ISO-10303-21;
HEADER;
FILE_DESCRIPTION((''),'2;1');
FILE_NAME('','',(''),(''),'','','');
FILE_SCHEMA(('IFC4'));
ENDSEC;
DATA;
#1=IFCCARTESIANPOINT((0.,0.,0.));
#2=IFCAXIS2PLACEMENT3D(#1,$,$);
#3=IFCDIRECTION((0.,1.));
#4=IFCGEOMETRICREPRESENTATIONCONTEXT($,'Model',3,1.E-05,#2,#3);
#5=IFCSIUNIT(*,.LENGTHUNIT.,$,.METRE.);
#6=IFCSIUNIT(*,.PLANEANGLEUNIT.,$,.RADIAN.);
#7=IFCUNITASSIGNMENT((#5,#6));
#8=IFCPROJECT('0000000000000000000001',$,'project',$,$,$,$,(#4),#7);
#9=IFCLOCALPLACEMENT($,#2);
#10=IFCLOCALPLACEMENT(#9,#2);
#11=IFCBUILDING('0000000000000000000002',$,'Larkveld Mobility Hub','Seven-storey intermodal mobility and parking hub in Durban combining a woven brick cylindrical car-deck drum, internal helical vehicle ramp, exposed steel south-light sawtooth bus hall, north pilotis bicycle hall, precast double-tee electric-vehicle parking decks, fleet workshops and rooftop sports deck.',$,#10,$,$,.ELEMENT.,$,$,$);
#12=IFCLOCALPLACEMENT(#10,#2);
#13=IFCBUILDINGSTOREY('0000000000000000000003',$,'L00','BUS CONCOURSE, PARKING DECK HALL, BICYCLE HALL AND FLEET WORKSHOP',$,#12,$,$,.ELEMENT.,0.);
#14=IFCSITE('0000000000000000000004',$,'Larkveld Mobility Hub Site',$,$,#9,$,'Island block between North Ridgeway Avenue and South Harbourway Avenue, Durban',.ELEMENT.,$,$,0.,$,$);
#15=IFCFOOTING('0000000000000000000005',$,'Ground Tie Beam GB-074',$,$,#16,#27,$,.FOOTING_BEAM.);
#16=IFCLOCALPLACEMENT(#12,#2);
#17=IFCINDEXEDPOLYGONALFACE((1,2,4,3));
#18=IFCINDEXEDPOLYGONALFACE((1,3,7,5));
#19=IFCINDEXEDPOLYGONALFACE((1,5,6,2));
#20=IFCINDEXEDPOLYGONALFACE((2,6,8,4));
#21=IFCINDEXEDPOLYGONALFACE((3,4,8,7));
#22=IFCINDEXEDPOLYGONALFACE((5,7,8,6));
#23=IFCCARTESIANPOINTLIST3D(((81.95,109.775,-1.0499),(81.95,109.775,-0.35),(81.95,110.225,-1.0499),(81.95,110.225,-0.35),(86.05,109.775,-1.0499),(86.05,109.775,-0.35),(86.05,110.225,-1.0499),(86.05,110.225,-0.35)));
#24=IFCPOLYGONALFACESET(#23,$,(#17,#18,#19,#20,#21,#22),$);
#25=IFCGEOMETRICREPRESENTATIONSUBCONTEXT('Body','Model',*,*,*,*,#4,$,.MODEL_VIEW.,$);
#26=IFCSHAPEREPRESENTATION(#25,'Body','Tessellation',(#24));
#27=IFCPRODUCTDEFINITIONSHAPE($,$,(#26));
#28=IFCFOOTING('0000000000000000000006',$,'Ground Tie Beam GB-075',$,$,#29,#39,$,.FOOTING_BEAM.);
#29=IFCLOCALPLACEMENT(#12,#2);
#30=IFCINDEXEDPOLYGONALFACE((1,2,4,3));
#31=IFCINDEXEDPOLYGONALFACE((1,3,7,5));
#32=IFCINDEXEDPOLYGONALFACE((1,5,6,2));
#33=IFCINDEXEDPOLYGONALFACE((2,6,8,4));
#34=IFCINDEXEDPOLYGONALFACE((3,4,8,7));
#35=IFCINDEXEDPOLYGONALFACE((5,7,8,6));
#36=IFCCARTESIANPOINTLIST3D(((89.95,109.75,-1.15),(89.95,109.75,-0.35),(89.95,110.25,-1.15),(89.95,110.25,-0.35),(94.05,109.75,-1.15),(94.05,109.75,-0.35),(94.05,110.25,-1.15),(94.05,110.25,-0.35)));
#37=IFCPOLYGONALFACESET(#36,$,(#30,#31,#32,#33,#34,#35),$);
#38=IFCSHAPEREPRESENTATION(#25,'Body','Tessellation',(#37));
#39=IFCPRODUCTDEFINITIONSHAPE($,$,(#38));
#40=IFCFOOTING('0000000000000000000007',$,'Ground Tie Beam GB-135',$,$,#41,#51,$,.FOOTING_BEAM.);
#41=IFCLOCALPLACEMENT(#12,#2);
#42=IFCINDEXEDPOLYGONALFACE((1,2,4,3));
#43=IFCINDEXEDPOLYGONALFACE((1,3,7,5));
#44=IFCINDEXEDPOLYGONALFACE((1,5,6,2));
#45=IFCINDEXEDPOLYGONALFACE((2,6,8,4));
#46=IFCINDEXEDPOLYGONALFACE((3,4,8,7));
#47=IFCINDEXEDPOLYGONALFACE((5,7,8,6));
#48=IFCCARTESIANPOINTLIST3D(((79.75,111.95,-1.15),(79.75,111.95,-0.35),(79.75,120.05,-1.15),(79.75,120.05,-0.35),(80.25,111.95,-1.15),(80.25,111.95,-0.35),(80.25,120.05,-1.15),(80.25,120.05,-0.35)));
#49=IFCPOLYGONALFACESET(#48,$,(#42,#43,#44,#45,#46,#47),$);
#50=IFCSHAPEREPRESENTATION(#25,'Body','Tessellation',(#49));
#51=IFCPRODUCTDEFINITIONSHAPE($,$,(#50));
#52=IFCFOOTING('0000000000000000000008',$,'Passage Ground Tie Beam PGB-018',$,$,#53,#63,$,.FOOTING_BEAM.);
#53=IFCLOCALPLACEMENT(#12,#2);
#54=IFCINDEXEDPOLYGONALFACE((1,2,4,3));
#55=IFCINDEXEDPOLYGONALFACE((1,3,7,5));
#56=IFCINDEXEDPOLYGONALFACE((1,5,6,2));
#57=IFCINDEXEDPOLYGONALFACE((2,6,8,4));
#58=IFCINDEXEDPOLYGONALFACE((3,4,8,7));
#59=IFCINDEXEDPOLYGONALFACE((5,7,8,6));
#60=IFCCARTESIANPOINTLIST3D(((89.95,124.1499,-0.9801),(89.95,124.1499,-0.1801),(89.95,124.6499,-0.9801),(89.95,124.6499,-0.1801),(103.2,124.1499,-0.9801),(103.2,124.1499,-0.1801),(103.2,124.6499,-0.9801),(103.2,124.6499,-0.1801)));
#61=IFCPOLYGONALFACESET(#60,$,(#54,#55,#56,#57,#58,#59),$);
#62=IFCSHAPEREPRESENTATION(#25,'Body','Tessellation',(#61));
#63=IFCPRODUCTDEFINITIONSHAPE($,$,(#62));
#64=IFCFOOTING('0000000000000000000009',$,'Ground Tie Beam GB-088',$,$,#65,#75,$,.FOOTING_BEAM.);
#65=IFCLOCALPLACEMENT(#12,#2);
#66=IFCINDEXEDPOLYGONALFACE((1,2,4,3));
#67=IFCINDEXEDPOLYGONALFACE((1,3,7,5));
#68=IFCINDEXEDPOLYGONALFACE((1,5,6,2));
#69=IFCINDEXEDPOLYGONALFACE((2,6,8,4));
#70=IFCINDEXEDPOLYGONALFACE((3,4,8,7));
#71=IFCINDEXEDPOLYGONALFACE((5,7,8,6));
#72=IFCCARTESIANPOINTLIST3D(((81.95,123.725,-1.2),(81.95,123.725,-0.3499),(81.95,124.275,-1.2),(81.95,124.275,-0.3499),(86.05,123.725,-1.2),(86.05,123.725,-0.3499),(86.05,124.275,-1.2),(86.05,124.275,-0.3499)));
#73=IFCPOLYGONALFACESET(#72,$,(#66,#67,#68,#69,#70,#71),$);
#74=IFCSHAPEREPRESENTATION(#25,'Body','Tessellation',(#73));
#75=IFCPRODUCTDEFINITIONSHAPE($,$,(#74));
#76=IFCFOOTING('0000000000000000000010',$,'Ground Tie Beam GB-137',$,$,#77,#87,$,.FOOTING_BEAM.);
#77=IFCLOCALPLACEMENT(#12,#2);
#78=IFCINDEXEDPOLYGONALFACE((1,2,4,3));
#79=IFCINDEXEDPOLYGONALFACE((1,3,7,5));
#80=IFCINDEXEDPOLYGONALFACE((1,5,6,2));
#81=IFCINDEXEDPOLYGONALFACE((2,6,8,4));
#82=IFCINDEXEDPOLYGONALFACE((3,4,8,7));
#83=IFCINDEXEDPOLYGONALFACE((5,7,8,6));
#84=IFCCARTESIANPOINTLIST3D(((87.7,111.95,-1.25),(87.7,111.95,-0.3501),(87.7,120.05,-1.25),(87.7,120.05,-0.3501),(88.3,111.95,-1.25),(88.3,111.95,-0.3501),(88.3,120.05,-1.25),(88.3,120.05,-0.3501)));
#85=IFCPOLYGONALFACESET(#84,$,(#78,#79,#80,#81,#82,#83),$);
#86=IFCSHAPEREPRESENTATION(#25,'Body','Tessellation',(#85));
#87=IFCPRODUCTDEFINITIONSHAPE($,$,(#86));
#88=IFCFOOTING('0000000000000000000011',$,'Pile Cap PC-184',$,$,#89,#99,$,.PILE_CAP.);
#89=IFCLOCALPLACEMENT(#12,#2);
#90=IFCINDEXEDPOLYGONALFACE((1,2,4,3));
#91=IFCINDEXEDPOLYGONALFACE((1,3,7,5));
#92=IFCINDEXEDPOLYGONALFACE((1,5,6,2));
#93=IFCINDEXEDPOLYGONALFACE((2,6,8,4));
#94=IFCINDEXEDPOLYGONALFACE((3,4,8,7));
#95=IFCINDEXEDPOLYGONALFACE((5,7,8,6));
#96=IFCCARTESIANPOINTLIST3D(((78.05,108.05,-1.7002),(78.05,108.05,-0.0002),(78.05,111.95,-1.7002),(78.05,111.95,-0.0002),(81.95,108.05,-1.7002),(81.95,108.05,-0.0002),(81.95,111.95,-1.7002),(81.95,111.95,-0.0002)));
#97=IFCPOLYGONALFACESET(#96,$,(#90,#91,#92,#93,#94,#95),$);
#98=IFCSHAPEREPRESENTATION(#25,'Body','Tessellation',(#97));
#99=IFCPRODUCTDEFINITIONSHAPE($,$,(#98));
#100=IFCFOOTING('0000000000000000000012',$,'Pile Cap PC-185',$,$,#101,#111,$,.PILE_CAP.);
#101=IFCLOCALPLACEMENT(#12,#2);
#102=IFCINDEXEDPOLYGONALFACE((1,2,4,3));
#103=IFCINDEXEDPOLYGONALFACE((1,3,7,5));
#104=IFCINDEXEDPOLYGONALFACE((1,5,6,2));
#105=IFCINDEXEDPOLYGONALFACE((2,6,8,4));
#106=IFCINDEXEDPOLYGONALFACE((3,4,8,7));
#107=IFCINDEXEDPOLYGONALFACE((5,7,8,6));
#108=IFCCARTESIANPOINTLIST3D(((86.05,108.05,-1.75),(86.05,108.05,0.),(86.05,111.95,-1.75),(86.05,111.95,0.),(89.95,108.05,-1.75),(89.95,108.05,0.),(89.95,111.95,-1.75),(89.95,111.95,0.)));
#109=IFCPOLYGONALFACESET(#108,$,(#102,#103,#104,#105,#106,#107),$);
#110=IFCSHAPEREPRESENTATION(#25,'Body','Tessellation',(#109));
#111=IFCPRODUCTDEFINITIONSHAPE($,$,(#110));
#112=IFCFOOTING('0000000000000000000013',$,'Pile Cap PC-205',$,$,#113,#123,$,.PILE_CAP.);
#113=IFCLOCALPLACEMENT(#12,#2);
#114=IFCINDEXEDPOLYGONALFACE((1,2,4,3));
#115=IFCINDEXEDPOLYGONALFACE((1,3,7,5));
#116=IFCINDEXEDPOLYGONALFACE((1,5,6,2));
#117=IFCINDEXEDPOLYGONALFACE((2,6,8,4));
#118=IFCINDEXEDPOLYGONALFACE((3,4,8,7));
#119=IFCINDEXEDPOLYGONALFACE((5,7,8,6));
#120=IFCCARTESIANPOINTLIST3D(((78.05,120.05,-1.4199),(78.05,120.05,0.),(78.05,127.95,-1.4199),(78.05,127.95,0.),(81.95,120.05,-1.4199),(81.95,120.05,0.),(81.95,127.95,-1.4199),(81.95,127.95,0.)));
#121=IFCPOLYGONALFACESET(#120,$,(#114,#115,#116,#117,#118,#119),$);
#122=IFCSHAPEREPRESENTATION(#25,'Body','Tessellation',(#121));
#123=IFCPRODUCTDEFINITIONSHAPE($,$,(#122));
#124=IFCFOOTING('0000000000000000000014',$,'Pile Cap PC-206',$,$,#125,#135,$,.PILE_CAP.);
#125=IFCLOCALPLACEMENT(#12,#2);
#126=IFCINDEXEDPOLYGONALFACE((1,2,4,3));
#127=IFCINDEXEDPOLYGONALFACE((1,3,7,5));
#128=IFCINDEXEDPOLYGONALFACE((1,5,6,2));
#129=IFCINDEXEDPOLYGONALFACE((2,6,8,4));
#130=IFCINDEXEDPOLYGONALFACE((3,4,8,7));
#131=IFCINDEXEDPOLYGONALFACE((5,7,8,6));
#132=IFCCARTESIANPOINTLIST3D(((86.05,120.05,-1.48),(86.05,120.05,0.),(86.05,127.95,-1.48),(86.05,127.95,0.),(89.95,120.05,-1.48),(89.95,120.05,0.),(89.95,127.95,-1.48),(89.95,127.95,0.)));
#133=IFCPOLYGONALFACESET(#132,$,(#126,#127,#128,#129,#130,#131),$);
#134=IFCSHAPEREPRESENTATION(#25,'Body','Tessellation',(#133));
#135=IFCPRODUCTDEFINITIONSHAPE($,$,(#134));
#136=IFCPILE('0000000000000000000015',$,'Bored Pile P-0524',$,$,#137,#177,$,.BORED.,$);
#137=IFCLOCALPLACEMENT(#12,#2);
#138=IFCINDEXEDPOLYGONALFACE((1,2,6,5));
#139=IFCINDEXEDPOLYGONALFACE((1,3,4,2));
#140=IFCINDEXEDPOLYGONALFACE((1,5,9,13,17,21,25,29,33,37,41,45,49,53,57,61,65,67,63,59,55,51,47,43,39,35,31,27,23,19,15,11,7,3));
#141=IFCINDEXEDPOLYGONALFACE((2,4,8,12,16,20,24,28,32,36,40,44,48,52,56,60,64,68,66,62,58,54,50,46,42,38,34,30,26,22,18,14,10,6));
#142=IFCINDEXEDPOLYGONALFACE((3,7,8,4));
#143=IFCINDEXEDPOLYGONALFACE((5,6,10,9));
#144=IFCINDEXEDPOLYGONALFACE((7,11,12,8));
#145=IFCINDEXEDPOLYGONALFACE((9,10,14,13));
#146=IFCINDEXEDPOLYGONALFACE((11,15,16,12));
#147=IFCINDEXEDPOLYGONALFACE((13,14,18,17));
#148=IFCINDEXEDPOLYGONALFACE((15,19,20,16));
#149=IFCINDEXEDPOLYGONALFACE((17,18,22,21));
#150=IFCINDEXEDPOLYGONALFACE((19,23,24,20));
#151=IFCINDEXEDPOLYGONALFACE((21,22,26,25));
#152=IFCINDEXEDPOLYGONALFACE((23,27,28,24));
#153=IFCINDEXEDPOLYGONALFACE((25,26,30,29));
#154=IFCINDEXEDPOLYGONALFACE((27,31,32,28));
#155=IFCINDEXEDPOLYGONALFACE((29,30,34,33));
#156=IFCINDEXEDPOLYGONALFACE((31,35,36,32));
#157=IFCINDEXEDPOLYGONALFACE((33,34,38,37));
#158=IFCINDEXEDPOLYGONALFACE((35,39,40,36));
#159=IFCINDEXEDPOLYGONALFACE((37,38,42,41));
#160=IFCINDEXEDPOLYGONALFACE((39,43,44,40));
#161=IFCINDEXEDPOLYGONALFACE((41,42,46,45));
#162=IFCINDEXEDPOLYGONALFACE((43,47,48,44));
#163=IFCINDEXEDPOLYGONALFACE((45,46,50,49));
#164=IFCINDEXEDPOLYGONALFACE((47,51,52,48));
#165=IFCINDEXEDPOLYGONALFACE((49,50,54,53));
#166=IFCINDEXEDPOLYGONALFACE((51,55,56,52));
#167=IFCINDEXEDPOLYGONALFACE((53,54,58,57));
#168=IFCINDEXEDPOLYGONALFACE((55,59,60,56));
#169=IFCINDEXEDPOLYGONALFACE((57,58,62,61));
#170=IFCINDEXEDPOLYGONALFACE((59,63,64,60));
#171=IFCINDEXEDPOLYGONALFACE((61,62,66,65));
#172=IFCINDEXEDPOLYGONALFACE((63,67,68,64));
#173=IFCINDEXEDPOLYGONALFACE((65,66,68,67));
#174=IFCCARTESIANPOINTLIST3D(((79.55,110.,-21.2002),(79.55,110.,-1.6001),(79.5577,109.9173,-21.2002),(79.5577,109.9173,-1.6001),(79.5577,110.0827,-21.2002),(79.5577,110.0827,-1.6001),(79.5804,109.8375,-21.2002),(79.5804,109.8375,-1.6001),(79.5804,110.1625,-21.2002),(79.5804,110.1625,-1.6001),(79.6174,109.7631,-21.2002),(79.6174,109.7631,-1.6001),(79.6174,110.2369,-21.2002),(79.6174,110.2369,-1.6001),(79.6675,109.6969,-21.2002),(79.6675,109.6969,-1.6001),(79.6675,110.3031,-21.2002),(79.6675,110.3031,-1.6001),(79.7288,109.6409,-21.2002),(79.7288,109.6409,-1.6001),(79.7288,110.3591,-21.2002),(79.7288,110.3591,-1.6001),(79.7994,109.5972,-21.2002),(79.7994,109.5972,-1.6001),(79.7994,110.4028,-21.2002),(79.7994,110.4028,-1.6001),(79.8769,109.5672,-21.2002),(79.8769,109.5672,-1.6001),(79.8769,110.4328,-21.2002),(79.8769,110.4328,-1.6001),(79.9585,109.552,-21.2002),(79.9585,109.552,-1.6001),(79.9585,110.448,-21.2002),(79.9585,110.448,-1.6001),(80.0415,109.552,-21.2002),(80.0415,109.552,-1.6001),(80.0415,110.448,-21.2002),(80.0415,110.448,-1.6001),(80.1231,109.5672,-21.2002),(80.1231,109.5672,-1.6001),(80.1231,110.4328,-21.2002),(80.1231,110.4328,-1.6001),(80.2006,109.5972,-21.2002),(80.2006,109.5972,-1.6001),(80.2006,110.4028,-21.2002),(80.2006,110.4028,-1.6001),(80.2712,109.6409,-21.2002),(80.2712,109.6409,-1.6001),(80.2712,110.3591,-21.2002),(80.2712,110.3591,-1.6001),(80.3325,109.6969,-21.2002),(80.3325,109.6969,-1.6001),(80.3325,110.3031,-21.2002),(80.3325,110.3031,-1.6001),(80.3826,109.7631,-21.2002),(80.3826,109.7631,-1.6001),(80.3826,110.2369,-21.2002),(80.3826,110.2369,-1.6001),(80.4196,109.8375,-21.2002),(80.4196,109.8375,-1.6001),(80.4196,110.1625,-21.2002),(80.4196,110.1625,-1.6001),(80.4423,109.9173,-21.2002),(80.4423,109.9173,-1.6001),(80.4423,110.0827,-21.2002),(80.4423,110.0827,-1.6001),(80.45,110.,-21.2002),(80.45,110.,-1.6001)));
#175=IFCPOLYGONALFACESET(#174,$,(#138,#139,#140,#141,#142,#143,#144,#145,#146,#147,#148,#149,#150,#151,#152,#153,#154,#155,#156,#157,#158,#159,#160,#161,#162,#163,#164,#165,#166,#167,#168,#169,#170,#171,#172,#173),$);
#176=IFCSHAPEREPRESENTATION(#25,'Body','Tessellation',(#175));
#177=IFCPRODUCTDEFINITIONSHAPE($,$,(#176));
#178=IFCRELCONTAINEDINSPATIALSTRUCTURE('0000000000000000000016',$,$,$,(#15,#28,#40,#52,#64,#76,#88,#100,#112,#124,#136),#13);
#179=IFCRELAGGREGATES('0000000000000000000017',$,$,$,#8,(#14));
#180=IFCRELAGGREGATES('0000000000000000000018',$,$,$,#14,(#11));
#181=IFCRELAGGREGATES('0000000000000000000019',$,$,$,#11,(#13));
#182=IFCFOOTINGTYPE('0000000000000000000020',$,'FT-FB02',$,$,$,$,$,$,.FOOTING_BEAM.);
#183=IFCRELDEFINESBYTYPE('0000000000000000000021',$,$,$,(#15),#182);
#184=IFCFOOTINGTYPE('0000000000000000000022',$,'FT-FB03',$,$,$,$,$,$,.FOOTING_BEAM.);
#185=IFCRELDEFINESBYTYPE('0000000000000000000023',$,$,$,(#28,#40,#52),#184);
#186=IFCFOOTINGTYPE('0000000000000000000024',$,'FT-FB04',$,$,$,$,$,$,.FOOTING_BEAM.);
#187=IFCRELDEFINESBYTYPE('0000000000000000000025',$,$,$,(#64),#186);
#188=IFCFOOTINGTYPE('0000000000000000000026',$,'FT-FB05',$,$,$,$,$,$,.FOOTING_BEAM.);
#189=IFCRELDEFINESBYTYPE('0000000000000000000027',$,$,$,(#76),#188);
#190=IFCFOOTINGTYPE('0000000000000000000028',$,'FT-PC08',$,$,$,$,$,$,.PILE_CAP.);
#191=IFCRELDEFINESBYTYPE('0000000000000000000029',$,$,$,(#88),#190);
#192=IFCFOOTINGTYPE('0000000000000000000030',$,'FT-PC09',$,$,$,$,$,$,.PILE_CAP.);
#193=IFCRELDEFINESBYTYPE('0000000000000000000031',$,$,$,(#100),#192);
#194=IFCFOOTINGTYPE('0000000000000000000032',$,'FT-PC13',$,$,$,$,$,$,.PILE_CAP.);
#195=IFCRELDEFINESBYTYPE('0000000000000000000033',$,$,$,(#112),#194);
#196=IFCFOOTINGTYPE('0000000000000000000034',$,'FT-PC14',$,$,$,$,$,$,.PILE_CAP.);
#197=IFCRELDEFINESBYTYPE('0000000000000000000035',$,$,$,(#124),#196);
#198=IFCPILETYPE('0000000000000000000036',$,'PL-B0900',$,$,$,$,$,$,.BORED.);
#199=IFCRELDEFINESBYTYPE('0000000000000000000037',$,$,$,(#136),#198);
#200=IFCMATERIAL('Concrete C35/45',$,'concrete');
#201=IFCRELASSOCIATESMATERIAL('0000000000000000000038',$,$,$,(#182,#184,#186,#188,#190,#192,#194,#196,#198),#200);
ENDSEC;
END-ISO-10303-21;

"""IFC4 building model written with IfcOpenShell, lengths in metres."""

from ifc_helpers import new_model, si_unit, direction, frame, origin, origin_2d, place, context, subcontext, project, spatial, rectangle, circle, extrude, material, material_profile, profile_set, type_object, element, save


model = new_model("IFC4")

# Units and contexts
model_context = context("Model", 3, precision=1e-05, world=origin(), true_north=direction((0.0, 1.0)))
body_context = subcontext(model_context, "Body", "Model", "MODEL_VIEW")
ifc_project = project(units=[si_unit("LENGTHUNIT", "METRE"), si_unit("PLANEANGLEUNIT", "RADIAN")], contexts=[model_context])

# Site, building, storey
site_placement = place(None, origin())
site = spatial("IfcSite", under=ifc_project, at=site_placement, Name="Larkveld Mobility Hub Site", LongName="Island block between North Ridgeway Avenue and South Harbourway Avenue, Durban", CompositionType="ELEMENT", RefElevation=0.0)
building_placement = place(site_placement, origin())
building = spatial("IfcBuilding", under=site, at=building_placement, Name="Larkveld Mobility Hub", Description="Seven-storey intermodal mobility and parking hub in Durban combining a woven brick cylindrical car-deck drum, internal helical vehicle ramp, exposed steel south-light sawtooth bus hall, north pilotis bicycle hall, precast double-tee electric-vehicle parking decks, fleet workshops and rooftop sports deck.", CompositionType="ELEMENT")
storey_placement = place(building_placement, origin())
storey = spatial("IfcBuildingStorey", under=building, at=storey_placement, Name="L00", Description="BUS CONCOURSE, PARKING DECK HALL, BICYCLE HALL AND FLEET WORKSHOP", CompositionType="ELEMENT", Elevation=0.0)

# Footings
ifc_material_1 = material(Name="Concrete C35/45", Category="concrete")
ifc_material_profile_1 = material_profile(ifc_material_1, rectangle(XDim=0.45, YDim=0.7, at=origin_2d()), Name="RC BM 450x700")
ifc_profile_set_1 = profile_set([ifc_material_profile_1], Name="Concrete C35/45")
footing_type_1 = type_object("IfcFootingType", Name="FT-FB02", PredefinedType="FOOTING_BEAM", material=ifc_profile_set_1)
footing_1_placement = place(storey_placement, frame((81.95, 110.0, -0.7), z_axis=(1.0, 0.0, 0.0), x_axis=(0.0, 1.0, 0.0)))
element("IfcFooting", 1, at=footing_1_placement, inside=storey, type_object=footing_type_1, Name="Ground Tie Beam GB-074", PredefinedType="FOOTING_BEAM", context=body_context, shape_type="SweptSolid", body=[
    extrude(rectangle(XDim=0.45, YDim=0.7, at=origin_2d()), origin(), (0.0, 0.0, 1.0), 4.1001),
])
ifc_material_profile_2 = material_profile(ifc_material_1, rectangle(XDim=0.5, YDim=0.8, at=origin_2d()), Name="RC BM 500x800")
ifc_profile_set_2 = profile_set([ifc_material_profile_2], Name="Concrete C35/45")
footing_type_2 = type_object("IfcFootingType", Name="FT-FB03", PredefinedType="FOOTING_BEAM", material=ifc_profile_set_2)
footing_2_placement = place(storey_placement, frame((89.95, 110.0, -0.75), z_axis=(1.0, 0.0, 0.0), x_axis=(0.0, 1.0, 0.0)))
element("IfcFooting", 2, at=footing_2_placement, inside=storey, type_object=footing_type_2, Name="Ground Tie Beam GB-075", PredefinedType="FOOTING_BEAM", context=body_context, shape_type="SweptSolid", body=[
    extrude(rectangle(XDim=0.5, YDim=0.8, at=origin_2d()), origin(), (0.0, 0.0, 1.0), 4.1001),
])
footing_3_placement = place(storey_placement, frame((80.0, 111.95, -0.75), z_axis=(0.0, 1.0, 0.0), x_axis=(-1.0, 0.0, 0.0)))
element("IfcFooting", 3, at=footing_3_placement, inside=storey, type_object=footing_type_2, Name="Ground Tie Beam GB-135", PredefinedType="FOOTING_BEAM", context=body_context, shape_type="SweptSolid", body=[
    extrude(rectangle(XDim=0.5, YDim=0.8, at=origin_2d()), origin(), (0.0, 0.0, 1.0), 8.1001),
])
footing_4_placement = place(storey_placement, frame((89.95, 124.3999, -0.5801), z_axis=(1.0, 0.0, 0.0), x_axis=(0.0, 1.0, 0.0)))
element("IfcFooting", 4, at=footing_4_placement, inside=storey, type_object=footing_type_2, Name="Passage Ground Tie Beam PGB-018", PredefinedType="FOOTING_BEAM", context=body_context, shape_type="SweptSolid", body=[
    extrude(rectangle(XDim=0.5, YDim=0.8, at=origin_2d()), origin(), (0.0, 0.0, 1.0), 13.25),
])
ifc_material_profile_3 = material_profile(ifc_material_1, rectangle(XDim=0.55, YDim=0.8501, at=origin_2d()), Name="RC BM 550x850")
ifc_profile_set_3 = profile_set([ifc_material_profile_3], Name="Concrete C35/45")
footing_type_3 = type_object("IfcFootingType", Name="FT-FB04", PredefinedType="FOOTING_BEAM", material=ifc_profile_set_3)
footing_5_placement = place(storey_placement, frame((81.95, 124.0, -0.7749), z_axis=(1.0, 0.0, 0.0), x_axis=(0.0, 1.0, 0.0)))
element("IfcFooting", 5, at=footing_5_placement, inside=storey, type_object=footing_type_3, Name="Ground Tie Beam GB-088", PredefinedType="FOOTING_BEAM", context=body_context, shape_type="SweptSolid", body=[
    extrude(rectangle(XDim=0.55, YDim=0.8501, at=origin_2d()), origin(), (0.0, 0.0, 1.0), 4.1001),
])
ifc_material_profile_4 = material_profile(ifc_material_1, rectangle(XDim=0.6001, YDim=0.8999, at=origin_2d()), Name="RC BM 600x900")
ifc_profile_set_4 = profile_set([ifc_material_profile_4], Name="Concrete C35/45")
footing_type_4 = type_object("IfcFootingType", Name="FT-FB05", PredefinedType="FOOTING_BEAM", material=ifc_profile_set_4)
footing_6_placement = place(storey_placement, frame((88.0, 111.95, -0.8), z_axis=(0.0, 1.0, 0.0), x_axis=(-1.0, 0.0, 0.0)))
element("IfcFooting", 6, at=footing_6_placement, inside=storey, type_object=footing_type_4, Name="Ground Tie Beam GB-137", PredefinedType="FOOTING_BEAM", context=body_context, shape_type="SweptSolid", body=[
    extrude(rectangle(XDim=0.6001, YDim=0.8999, at=origin_2d()), origin(), (0.0, 0.0, 1.0), 8.1001),
])
footing_type_5 = type_object("IfcFootingType", Name="FT-PC08", PredefinedType="PILE_CAP", material=ifc_material_1)
footing_7_placement = place(storey_placement, frame((80.0, 110.0, -1.7002), z_axis=(0.0, 0.0, 1.0), x_axis=(1.0, 0.0, 0.0)))
element("IfcFooting", 7, at=footing_7_placement, inside=storey, type_object=footing_type_5, Name="Pile Cap PC-184", PredefinedType="PILE_CAP", context=body_context, shape_type="SweptSolid", body=[
    extrude(rectangle(XDim=3.8999, YDim=3.8999, at=origin_2d()), origin(), (0.0, 0.0, 1.0), 1.7),
])
footing_type_6 = type_object("IfcFootingType", Name="FT-PC09", PredefinedType="PILE_CAP", material=ifc_material_1)
footing_8_placement = place(storey_placement, frame((88.0, 110.0, -1.75), z_axis=(0.0, 0.0, 1.0), x_axis=(1.0, 0.0, 0.0)))
element("IfcFooting", 8, at=footing_8_placement, inside=storey, type_object=footing_type_6, Name="Pile Cap PC-185", PredefinedType="PILE_CAP", context=body_context, shape_type="SweptSolid", body=[
    extrude(rectangle(XDim=3.8999, YDim=3.8999, at=origin_2d()), origin(), (0.0, 0.0, 1.0), 1.75),
])
footing_type_7 = type_object("IfcFootingType", Name="FT-PC13", PredefinedType="PILE_CAP", material=ifc_material_1)
footing_9_placement = place(storey_placement, frame((80.0, 124.0, -1.4199), z_axis=(0.0, 0.0, 1.0), x_axis=(1.0, 0.0, 0.0)))
element("IfcFooting", 9, at=footing_9_placement, inside=storey, type_object=footing_type_7, Name="Pile Cap PC-205", PredefinedType="PILE_CAP", context=body_context, shape_type="SweptSolid", body=[
    extrude(rectangle(XDim=3.8999, YDim=7.8999, at=origin_2d()), origin(), (0.0, 0.0, 1.0), 1.4199),
])
footing_type_8 = type_object("IfcFootingType", Name="FT-PC14", PredefinedType="PILE_CAP", material=ifc_material_1)
footing_10_placement = place(storey_placement, frame((88.0, 124.0, -1.48), z_axis=(0.0, 0.0, 1.0), x_axis=(1.0, 0.0, 0.0)))
element("IfcFooting", 10, at=footing_10_placement, inside=storey, type_object=footing_type_8, Name="Pile Cap PC-206", PredefinedType="PILE_CAP", context=body_context, shape_type="SweptSolid", body=[
    extrude(rectangle(XDim=3.8999, YDim=7.8999, at=origin_2d()), origin(), (0.0, 0.0, 1.0), 1.48),
])

# Pile
ifc_material_profile_5 = material_profile(ifc_material_1, circle(Radius=0.45, at=origin_2d()), Name="PILE D900")
ifc_profile_set_5 = profile_set([ifc_material_profile_5], Name="Concrete C35/45")
pile_type_1 = type_object("IfcPileType", Name="PL-B0900", PredefinedType="BORED", material=ifc_profile_set_5)
pile_1_placement = place(storey_placement, frame((80.0, 110.0, -1.6001), z_axis=(0.0, 0.0, -1.0), x_axis=(1.0, 0.0, 0.0)))
element("IfcPile", 11, at=pile_1_placement, inside=storey, type_object=pile_type_1, Name="Bored Pile P-0524", PredefinedType="BORED", context=body_context, shape_type="SweptSolid", body=[
    extrude(circle(Radius=0.45, at=origin_2d()), origin(), (0.0, 0.0, 1.0), 19.6001),
])

save(model, "model.ifc")
